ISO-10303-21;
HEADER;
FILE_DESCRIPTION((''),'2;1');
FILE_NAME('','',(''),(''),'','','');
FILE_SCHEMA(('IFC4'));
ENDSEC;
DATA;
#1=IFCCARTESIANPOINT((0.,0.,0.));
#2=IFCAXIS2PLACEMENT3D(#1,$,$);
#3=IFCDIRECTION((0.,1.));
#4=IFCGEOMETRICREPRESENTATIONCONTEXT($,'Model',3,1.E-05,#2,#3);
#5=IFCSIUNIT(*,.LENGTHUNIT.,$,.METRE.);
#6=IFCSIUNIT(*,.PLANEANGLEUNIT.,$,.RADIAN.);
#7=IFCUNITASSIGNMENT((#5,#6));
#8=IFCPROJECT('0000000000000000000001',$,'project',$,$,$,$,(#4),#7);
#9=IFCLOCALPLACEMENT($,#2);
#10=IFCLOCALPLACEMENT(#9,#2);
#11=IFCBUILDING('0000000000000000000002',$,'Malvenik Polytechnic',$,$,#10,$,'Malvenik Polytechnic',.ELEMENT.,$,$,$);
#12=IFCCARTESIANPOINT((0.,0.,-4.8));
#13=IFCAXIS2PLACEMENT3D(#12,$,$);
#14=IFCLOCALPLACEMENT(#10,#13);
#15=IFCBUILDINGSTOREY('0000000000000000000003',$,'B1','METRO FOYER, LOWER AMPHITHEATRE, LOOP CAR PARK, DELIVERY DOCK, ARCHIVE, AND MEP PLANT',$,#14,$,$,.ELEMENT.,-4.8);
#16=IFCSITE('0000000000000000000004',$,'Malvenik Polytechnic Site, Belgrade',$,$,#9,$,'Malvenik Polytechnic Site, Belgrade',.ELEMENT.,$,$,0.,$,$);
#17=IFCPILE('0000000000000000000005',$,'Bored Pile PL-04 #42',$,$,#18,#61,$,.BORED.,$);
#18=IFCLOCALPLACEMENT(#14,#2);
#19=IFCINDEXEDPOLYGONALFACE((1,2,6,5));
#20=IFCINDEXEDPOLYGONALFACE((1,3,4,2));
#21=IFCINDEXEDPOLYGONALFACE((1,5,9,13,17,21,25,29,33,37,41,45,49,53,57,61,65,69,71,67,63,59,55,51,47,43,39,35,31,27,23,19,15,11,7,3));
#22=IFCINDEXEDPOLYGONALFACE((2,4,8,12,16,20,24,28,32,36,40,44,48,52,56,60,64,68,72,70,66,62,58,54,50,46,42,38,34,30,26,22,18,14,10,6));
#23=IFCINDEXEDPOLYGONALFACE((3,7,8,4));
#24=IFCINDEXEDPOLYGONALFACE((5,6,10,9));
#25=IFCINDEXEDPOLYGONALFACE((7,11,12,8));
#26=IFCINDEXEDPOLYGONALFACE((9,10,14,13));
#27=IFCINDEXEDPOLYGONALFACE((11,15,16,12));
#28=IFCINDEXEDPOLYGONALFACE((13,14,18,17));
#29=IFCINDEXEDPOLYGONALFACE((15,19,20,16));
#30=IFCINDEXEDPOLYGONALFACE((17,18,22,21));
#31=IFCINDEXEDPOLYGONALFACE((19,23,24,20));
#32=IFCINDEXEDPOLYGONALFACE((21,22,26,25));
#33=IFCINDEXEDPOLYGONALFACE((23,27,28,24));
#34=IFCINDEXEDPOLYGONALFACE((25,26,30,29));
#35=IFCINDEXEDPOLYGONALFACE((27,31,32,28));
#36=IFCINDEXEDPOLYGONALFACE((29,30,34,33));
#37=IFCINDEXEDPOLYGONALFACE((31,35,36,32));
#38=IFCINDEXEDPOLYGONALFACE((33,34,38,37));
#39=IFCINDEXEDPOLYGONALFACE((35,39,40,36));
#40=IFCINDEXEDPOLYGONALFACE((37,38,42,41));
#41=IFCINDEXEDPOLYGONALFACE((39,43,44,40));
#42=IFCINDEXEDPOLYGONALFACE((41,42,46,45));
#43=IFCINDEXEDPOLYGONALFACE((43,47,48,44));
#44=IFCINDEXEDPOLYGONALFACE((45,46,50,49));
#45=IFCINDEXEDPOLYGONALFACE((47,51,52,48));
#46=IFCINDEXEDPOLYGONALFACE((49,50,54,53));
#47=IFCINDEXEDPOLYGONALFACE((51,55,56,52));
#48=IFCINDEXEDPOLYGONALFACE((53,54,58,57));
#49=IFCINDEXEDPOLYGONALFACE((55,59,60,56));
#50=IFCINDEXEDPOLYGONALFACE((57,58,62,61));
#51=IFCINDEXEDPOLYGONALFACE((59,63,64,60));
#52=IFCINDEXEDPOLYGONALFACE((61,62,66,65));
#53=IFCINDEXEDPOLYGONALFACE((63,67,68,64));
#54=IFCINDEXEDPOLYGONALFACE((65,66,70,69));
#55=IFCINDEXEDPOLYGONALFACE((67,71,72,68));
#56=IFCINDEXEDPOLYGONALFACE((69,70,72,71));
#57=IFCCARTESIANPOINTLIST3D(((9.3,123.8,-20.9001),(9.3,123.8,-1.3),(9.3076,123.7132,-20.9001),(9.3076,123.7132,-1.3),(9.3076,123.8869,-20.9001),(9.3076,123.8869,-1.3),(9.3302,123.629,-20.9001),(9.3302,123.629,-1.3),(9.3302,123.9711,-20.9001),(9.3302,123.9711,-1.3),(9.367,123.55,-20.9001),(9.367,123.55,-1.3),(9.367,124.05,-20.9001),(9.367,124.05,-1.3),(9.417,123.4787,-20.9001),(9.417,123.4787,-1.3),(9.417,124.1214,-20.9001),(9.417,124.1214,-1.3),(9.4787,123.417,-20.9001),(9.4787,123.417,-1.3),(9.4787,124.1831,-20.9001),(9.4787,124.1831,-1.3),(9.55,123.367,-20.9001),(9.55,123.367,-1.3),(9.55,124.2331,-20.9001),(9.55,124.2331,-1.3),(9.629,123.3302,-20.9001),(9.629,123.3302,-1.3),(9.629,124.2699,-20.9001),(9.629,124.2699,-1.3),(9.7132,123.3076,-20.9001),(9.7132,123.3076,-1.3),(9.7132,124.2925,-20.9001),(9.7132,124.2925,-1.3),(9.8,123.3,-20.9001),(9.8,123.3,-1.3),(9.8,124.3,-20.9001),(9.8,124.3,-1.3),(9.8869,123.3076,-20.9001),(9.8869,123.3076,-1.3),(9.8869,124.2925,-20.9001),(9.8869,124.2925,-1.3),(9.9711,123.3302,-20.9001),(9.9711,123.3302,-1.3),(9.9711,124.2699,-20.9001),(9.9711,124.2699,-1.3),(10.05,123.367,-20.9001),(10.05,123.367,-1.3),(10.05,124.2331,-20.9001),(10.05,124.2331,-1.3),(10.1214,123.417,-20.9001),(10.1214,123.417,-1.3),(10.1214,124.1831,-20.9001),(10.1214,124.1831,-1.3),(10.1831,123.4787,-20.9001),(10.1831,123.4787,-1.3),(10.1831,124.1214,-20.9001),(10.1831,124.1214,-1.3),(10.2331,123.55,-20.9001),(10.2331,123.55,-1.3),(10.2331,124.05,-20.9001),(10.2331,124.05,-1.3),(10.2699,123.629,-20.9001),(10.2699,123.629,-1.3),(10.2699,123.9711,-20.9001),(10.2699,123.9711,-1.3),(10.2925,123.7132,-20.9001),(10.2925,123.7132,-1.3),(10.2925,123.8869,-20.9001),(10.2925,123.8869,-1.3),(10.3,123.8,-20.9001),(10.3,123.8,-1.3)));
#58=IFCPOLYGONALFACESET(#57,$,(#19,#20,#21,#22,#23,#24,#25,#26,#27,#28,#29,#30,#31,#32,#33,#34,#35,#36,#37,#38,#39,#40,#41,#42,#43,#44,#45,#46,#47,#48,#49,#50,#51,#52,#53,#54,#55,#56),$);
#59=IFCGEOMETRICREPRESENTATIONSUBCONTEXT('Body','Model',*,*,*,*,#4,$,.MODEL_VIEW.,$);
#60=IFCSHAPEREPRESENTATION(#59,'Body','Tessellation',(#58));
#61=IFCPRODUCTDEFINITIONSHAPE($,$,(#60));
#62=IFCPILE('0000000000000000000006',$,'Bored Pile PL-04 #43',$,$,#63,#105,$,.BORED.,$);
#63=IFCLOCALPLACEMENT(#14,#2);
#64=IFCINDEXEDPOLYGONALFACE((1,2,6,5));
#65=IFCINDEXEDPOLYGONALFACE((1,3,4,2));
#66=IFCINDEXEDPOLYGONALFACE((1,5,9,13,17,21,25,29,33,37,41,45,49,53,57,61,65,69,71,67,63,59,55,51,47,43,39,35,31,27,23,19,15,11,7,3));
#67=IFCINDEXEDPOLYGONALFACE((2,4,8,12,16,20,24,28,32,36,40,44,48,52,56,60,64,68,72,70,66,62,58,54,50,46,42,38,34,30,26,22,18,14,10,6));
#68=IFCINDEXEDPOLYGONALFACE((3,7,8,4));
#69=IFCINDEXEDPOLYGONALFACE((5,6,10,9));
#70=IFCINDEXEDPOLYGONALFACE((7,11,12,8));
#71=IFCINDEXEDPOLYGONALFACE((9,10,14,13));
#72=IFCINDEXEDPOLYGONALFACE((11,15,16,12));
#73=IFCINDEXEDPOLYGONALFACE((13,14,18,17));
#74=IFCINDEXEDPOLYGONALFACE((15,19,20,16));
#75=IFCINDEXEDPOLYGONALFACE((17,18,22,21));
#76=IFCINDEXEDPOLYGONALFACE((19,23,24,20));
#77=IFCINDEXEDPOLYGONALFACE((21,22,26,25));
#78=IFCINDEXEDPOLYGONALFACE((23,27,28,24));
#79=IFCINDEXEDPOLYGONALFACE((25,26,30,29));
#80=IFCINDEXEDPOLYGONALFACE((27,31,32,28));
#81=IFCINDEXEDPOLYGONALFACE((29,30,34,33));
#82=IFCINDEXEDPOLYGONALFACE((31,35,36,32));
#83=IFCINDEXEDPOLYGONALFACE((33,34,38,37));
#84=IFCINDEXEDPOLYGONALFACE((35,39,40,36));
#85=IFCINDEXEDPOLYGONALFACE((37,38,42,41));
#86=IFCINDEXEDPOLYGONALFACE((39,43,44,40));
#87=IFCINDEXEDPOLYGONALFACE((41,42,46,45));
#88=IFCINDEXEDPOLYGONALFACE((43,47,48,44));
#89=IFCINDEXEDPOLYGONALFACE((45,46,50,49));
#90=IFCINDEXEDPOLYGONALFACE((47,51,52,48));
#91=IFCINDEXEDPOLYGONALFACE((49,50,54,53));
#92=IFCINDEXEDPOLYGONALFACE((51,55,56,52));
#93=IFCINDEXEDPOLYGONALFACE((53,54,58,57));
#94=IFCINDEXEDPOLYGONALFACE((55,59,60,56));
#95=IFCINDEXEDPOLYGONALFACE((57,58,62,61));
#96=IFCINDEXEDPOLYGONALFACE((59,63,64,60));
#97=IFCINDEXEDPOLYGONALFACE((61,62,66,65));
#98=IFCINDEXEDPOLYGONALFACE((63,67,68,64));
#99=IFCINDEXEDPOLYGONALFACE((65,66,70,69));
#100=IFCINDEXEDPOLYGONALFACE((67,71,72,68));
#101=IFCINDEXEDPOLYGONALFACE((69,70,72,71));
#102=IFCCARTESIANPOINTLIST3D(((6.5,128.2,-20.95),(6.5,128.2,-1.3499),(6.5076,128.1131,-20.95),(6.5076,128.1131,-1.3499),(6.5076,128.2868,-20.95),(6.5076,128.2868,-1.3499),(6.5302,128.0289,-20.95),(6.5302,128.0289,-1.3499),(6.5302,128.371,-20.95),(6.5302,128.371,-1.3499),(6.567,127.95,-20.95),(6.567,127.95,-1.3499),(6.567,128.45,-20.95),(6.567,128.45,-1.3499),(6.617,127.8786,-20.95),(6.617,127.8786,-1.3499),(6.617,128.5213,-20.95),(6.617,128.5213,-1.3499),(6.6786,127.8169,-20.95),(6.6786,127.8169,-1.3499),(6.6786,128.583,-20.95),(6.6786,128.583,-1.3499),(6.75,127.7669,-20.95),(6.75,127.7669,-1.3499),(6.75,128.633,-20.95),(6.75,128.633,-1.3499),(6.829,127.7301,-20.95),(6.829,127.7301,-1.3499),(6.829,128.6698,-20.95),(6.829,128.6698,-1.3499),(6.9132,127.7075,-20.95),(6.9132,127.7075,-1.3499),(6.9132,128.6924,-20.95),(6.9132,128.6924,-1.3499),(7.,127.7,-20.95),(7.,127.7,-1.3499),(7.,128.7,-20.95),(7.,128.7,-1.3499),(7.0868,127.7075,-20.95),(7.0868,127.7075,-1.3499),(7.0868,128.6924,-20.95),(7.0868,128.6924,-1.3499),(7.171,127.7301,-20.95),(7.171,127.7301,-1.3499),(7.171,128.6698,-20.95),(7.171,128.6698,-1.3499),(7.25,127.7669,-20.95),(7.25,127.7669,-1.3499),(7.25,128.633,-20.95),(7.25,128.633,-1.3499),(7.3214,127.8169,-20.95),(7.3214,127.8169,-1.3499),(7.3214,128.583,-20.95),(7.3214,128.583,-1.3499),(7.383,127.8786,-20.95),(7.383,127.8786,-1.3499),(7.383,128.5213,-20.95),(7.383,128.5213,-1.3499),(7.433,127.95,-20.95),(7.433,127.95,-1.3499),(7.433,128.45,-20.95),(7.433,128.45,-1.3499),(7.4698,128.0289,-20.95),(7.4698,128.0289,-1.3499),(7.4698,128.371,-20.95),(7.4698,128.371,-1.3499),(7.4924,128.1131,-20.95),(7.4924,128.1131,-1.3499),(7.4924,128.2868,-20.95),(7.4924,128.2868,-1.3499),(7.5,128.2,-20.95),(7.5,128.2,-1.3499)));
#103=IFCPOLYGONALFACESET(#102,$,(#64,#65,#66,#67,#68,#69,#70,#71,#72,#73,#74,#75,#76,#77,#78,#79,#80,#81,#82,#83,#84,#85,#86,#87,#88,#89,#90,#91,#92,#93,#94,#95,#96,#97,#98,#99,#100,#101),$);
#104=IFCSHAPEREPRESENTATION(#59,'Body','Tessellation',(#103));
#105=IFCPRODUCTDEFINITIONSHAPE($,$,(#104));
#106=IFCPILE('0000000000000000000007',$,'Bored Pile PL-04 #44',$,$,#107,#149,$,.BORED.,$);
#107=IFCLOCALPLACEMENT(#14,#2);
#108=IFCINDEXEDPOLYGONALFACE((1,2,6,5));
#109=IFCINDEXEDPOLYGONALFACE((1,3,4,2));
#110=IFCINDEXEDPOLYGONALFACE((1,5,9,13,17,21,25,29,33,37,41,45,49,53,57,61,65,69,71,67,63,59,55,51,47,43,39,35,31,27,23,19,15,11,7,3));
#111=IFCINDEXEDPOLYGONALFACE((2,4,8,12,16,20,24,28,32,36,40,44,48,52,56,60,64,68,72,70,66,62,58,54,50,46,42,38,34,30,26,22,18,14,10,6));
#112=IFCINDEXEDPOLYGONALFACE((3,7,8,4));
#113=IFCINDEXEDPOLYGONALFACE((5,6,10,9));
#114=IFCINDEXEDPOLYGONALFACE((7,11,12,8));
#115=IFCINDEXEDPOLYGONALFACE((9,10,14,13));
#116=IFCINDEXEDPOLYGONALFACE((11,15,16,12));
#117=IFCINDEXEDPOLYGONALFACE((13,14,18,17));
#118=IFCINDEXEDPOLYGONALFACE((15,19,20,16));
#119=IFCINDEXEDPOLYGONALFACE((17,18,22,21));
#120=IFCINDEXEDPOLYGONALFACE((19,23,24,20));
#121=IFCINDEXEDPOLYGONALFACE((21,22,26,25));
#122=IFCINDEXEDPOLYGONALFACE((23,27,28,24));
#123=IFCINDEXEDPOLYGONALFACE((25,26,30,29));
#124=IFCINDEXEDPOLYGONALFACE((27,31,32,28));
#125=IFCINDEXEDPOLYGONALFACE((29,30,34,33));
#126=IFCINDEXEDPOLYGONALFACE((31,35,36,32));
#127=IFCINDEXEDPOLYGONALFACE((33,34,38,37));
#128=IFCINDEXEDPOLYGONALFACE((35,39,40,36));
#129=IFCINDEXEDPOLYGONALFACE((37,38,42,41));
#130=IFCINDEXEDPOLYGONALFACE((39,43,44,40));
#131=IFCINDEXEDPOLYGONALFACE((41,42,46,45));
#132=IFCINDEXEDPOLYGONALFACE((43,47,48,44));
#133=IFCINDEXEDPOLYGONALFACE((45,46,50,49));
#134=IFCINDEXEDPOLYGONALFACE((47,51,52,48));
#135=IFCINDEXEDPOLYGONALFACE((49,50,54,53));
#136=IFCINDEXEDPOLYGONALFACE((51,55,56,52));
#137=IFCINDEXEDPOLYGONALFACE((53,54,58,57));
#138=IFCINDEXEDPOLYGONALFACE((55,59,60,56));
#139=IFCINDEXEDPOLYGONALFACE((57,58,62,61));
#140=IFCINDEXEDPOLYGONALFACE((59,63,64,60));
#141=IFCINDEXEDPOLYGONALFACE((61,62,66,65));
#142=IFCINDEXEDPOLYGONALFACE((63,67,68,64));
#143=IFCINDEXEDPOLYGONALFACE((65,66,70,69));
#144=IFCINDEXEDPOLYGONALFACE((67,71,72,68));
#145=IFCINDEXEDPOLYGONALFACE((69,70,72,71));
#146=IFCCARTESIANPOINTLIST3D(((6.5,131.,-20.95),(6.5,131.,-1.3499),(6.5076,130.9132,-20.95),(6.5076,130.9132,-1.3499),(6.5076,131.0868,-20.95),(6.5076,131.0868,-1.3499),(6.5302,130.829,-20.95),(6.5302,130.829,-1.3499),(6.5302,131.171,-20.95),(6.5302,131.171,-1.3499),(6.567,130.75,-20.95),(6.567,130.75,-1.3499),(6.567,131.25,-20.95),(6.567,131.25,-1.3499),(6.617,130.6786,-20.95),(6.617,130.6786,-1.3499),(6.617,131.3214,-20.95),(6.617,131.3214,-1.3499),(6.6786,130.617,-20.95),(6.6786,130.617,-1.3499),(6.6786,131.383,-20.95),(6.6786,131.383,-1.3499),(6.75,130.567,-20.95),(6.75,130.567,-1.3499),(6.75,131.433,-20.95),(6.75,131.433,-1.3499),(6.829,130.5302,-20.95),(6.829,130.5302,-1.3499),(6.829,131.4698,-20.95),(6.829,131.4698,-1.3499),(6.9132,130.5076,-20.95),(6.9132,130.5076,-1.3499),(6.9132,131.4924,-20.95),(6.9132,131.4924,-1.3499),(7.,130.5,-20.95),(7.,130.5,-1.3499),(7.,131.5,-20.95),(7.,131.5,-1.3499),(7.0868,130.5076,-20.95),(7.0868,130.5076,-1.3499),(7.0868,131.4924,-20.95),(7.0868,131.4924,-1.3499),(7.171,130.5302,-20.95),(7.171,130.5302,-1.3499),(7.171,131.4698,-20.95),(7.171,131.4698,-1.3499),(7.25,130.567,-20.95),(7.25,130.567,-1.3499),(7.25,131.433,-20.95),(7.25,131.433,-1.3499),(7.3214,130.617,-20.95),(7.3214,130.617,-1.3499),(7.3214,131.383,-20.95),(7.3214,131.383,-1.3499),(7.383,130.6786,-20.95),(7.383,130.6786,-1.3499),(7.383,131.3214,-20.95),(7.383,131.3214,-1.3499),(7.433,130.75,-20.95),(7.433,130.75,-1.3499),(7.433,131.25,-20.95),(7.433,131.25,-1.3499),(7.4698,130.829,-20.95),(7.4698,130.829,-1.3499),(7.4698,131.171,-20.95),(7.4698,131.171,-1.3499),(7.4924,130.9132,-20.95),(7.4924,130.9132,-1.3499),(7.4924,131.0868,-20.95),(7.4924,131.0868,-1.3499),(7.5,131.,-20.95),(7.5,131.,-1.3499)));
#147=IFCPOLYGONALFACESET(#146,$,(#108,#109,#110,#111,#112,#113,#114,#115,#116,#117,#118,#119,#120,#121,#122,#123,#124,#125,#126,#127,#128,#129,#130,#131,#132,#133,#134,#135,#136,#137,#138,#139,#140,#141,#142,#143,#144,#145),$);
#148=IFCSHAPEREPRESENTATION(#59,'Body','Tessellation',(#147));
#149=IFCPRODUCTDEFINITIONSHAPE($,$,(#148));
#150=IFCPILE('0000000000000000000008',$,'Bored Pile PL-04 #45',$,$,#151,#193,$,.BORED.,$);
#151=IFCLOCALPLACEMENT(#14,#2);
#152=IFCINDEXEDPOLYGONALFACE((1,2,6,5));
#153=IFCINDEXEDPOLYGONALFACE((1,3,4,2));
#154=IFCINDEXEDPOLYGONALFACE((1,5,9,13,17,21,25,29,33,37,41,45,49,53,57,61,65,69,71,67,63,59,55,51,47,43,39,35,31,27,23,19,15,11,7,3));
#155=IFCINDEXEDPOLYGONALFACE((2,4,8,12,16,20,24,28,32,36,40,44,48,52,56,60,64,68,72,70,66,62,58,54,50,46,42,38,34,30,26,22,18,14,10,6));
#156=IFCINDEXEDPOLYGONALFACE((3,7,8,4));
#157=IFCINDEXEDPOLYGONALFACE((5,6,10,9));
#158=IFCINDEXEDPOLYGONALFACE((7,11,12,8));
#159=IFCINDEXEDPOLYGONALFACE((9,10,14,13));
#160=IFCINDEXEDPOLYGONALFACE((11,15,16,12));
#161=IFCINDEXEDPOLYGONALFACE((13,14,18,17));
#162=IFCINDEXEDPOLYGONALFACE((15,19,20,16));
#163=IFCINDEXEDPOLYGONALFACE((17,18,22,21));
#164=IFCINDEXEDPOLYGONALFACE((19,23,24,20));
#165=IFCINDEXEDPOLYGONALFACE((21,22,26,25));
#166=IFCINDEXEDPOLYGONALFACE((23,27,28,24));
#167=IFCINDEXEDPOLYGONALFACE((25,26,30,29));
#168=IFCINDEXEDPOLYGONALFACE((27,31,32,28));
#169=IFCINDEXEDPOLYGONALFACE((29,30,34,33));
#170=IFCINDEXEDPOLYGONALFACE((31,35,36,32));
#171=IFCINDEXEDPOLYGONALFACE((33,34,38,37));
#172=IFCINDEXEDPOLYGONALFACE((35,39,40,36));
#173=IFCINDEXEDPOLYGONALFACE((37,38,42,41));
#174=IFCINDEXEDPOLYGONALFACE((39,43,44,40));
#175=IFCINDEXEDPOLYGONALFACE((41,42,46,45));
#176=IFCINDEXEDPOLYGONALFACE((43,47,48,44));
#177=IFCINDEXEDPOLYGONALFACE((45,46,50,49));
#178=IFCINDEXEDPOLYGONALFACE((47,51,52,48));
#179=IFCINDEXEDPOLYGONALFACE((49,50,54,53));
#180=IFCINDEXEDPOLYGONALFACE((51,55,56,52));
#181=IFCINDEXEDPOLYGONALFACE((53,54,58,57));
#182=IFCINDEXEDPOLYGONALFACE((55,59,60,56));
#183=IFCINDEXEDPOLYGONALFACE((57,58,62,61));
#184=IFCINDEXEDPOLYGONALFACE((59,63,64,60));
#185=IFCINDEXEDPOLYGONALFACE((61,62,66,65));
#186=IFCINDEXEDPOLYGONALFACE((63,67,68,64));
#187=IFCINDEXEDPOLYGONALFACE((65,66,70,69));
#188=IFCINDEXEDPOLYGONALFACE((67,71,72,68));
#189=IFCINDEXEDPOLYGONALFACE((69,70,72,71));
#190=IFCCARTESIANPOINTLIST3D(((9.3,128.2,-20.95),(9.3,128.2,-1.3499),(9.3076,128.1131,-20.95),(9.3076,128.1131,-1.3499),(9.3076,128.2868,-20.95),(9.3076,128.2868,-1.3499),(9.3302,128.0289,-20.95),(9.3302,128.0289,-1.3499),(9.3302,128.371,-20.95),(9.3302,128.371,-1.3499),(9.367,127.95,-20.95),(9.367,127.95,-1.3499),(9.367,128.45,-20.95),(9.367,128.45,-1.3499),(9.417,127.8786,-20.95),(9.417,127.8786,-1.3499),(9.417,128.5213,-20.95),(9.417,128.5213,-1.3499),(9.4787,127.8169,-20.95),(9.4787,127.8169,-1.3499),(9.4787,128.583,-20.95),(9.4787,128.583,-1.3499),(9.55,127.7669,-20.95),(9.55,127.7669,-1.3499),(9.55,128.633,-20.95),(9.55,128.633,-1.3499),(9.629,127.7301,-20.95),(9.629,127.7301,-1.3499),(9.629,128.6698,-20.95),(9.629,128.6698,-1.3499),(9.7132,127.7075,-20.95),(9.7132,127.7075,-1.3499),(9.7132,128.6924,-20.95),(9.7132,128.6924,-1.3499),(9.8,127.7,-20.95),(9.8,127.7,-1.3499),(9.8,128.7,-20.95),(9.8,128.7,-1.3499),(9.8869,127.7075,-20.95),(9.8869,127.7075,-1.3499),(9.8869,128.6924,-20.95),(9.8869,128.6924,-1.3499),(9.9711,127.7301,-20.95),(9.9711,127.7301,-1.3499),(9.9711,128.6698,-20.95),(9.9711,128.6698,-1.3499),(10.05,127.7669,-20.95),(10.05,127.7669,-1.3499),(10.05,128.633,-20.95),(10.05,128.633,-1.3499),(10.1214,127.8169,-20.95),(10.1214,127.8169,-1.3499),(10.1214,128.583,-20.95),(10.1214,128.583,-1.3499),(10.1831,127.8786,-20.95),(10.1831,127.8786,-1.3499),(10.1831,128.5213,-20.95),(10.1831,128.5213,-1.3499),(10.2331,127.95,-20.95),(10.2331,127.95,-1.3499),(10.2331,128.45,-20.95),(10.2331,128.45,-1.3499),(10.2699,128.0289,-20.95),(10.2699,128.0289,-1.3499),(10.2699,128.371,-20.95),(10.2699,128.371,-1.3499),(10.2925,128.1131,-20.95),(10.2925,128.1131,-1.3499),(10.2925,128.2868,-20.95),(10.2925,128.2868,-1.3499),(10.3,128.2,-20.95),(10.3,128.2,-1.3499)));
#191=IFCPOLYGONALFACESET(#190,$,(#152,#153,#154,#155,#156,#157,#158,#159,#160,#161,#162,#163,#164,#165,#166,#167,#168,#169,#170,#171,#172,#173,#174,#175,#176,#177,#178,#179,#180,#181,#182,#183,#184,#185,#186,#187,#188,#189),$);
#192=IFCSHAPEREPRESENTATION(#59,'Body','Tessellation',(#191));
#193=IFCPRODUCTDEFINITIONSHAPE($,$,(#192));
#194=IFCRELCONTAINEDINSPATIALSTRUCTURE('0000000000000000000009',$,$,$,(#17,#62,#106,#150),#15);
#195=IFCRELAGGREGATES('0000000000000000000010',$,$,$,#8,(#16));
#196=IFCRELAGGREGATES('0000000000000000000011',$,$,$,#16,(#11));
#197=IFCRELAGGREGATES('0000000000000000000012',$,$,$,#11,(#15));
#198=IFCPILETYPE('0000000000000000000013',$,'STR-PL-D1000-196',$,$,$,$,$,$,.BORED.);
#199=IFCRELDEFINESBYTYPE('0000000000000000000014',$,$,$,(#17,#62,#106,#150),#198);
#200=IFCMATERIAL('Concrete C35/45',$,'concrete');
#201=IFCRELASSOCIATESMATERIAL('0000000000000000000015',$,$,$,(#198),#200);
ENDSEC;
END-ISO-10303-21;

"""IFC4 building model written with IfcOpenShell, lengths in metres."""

from ifc_helpers import new_model, si_unit, direction, frame, origin, origin_2d, place, context, subcontext, project, spatial, circle, extrude, material, material_profile, profile_set, type_object, element, save


model = new_model("IFC4")

# Units and contexts
model_context = context("Model", 3, precision=1e-05, world=origin(), true_north=direction((0.0, 1.0)))
body_context = subcontext(model_context, "Body", "Model", "MODEL_VIEW")
ifc_project = project(units=[si_unit("LENGTHUNIT", "METRE"), si_unit("PLANEANGLEUNIT", "RADIAN")], contexts=[model_context])

# Site, building, storey
site_placement = place(None, origin())
site = spatial("IfcSite", under=ifc_project, at=site_placement, Name="Malvenik Polytechnic Site, Belgrade", LongName="Malvenik Polytechnic Site, Belgrade", CompositionType="ELEMENT", RefElevation=0.0)
building_placement = place(site_placement, origin())
building = spatial("IfcBuilding", under=site, at=building_placement, Name="Malvenik Polytechnic", LongName="Malvenik Polytechnic", CompositionType="ELEMENT")
storey_placement = place(building_placement, frame((0.0, 0.0, -4.8)))
storey = spatial("IfcBuildingStorey", under=building, at=storey_placement, Name="B1", Description="METRO FOYER, LOWER AMPHITHEATRE, LOOP CAR PARK, DELIVERY DOCK, ARCHIVE, AND MEP PLANT", CompositionType="ELEMENT", Elevation=-4.8)

# Shared definitions
ifc_material_1 = material(Name="Concrete C35/45", Category="concrete")

# Piles
ifc_material_profile_1 = material_profile(ifc_material_1, circle(Radius=0.5, at=origin_2d()), Name="BORED PILE D1000")
ifc_profile_set_1 = profile_set([ifc_material_profile_1], Name="Concrete C35/45")
pile_type = type_object("IfcPileType", Name="STR-PL-D1000-196", PredefinedType="BORED", material=ifc_profile_set_1)
for number, where, z_axis, x_axis, name in (
    (1, (9.8, 123.8, -1.3), (0.0, 0.0, -1.0), (1.0, 0.0, 0.0), "Bored Pile PL-04 #42"),
    (2, (7.0, 128.2, -1.3499), (0.0, 0.0, -1.0), (1.0, 0.0, 0.0), "Bored Pile PL-04 #43"),
    (3, (7.0, 131.0, -1.3499), (0.0, 0.0, -1.0), (1.0, 0.0, 0.0), "Bored Pile PL-04 #44"),
    (4, (9.8, 128.2, -1.3499), (0.0, 0.0, -1.0), (1.0, 0.0, 0.0), "Bored Pile PL-04 #45"),
):
    element("IfcPile", number, at=place(storey_placement, frame(where, z_axis=z_axis, x_axis=x_axis)), inside=storey, type_object=pile_type, Name=name, PredefinedType="BORED", context=body_context, shape_type="SweptSolid", body=[
        extrude(circle(Radius=0.5, at=origin_2d()), origin(), (0.0, 0.0, 1.0), 19.6001),
    ])

save(model, "model.ifc")
